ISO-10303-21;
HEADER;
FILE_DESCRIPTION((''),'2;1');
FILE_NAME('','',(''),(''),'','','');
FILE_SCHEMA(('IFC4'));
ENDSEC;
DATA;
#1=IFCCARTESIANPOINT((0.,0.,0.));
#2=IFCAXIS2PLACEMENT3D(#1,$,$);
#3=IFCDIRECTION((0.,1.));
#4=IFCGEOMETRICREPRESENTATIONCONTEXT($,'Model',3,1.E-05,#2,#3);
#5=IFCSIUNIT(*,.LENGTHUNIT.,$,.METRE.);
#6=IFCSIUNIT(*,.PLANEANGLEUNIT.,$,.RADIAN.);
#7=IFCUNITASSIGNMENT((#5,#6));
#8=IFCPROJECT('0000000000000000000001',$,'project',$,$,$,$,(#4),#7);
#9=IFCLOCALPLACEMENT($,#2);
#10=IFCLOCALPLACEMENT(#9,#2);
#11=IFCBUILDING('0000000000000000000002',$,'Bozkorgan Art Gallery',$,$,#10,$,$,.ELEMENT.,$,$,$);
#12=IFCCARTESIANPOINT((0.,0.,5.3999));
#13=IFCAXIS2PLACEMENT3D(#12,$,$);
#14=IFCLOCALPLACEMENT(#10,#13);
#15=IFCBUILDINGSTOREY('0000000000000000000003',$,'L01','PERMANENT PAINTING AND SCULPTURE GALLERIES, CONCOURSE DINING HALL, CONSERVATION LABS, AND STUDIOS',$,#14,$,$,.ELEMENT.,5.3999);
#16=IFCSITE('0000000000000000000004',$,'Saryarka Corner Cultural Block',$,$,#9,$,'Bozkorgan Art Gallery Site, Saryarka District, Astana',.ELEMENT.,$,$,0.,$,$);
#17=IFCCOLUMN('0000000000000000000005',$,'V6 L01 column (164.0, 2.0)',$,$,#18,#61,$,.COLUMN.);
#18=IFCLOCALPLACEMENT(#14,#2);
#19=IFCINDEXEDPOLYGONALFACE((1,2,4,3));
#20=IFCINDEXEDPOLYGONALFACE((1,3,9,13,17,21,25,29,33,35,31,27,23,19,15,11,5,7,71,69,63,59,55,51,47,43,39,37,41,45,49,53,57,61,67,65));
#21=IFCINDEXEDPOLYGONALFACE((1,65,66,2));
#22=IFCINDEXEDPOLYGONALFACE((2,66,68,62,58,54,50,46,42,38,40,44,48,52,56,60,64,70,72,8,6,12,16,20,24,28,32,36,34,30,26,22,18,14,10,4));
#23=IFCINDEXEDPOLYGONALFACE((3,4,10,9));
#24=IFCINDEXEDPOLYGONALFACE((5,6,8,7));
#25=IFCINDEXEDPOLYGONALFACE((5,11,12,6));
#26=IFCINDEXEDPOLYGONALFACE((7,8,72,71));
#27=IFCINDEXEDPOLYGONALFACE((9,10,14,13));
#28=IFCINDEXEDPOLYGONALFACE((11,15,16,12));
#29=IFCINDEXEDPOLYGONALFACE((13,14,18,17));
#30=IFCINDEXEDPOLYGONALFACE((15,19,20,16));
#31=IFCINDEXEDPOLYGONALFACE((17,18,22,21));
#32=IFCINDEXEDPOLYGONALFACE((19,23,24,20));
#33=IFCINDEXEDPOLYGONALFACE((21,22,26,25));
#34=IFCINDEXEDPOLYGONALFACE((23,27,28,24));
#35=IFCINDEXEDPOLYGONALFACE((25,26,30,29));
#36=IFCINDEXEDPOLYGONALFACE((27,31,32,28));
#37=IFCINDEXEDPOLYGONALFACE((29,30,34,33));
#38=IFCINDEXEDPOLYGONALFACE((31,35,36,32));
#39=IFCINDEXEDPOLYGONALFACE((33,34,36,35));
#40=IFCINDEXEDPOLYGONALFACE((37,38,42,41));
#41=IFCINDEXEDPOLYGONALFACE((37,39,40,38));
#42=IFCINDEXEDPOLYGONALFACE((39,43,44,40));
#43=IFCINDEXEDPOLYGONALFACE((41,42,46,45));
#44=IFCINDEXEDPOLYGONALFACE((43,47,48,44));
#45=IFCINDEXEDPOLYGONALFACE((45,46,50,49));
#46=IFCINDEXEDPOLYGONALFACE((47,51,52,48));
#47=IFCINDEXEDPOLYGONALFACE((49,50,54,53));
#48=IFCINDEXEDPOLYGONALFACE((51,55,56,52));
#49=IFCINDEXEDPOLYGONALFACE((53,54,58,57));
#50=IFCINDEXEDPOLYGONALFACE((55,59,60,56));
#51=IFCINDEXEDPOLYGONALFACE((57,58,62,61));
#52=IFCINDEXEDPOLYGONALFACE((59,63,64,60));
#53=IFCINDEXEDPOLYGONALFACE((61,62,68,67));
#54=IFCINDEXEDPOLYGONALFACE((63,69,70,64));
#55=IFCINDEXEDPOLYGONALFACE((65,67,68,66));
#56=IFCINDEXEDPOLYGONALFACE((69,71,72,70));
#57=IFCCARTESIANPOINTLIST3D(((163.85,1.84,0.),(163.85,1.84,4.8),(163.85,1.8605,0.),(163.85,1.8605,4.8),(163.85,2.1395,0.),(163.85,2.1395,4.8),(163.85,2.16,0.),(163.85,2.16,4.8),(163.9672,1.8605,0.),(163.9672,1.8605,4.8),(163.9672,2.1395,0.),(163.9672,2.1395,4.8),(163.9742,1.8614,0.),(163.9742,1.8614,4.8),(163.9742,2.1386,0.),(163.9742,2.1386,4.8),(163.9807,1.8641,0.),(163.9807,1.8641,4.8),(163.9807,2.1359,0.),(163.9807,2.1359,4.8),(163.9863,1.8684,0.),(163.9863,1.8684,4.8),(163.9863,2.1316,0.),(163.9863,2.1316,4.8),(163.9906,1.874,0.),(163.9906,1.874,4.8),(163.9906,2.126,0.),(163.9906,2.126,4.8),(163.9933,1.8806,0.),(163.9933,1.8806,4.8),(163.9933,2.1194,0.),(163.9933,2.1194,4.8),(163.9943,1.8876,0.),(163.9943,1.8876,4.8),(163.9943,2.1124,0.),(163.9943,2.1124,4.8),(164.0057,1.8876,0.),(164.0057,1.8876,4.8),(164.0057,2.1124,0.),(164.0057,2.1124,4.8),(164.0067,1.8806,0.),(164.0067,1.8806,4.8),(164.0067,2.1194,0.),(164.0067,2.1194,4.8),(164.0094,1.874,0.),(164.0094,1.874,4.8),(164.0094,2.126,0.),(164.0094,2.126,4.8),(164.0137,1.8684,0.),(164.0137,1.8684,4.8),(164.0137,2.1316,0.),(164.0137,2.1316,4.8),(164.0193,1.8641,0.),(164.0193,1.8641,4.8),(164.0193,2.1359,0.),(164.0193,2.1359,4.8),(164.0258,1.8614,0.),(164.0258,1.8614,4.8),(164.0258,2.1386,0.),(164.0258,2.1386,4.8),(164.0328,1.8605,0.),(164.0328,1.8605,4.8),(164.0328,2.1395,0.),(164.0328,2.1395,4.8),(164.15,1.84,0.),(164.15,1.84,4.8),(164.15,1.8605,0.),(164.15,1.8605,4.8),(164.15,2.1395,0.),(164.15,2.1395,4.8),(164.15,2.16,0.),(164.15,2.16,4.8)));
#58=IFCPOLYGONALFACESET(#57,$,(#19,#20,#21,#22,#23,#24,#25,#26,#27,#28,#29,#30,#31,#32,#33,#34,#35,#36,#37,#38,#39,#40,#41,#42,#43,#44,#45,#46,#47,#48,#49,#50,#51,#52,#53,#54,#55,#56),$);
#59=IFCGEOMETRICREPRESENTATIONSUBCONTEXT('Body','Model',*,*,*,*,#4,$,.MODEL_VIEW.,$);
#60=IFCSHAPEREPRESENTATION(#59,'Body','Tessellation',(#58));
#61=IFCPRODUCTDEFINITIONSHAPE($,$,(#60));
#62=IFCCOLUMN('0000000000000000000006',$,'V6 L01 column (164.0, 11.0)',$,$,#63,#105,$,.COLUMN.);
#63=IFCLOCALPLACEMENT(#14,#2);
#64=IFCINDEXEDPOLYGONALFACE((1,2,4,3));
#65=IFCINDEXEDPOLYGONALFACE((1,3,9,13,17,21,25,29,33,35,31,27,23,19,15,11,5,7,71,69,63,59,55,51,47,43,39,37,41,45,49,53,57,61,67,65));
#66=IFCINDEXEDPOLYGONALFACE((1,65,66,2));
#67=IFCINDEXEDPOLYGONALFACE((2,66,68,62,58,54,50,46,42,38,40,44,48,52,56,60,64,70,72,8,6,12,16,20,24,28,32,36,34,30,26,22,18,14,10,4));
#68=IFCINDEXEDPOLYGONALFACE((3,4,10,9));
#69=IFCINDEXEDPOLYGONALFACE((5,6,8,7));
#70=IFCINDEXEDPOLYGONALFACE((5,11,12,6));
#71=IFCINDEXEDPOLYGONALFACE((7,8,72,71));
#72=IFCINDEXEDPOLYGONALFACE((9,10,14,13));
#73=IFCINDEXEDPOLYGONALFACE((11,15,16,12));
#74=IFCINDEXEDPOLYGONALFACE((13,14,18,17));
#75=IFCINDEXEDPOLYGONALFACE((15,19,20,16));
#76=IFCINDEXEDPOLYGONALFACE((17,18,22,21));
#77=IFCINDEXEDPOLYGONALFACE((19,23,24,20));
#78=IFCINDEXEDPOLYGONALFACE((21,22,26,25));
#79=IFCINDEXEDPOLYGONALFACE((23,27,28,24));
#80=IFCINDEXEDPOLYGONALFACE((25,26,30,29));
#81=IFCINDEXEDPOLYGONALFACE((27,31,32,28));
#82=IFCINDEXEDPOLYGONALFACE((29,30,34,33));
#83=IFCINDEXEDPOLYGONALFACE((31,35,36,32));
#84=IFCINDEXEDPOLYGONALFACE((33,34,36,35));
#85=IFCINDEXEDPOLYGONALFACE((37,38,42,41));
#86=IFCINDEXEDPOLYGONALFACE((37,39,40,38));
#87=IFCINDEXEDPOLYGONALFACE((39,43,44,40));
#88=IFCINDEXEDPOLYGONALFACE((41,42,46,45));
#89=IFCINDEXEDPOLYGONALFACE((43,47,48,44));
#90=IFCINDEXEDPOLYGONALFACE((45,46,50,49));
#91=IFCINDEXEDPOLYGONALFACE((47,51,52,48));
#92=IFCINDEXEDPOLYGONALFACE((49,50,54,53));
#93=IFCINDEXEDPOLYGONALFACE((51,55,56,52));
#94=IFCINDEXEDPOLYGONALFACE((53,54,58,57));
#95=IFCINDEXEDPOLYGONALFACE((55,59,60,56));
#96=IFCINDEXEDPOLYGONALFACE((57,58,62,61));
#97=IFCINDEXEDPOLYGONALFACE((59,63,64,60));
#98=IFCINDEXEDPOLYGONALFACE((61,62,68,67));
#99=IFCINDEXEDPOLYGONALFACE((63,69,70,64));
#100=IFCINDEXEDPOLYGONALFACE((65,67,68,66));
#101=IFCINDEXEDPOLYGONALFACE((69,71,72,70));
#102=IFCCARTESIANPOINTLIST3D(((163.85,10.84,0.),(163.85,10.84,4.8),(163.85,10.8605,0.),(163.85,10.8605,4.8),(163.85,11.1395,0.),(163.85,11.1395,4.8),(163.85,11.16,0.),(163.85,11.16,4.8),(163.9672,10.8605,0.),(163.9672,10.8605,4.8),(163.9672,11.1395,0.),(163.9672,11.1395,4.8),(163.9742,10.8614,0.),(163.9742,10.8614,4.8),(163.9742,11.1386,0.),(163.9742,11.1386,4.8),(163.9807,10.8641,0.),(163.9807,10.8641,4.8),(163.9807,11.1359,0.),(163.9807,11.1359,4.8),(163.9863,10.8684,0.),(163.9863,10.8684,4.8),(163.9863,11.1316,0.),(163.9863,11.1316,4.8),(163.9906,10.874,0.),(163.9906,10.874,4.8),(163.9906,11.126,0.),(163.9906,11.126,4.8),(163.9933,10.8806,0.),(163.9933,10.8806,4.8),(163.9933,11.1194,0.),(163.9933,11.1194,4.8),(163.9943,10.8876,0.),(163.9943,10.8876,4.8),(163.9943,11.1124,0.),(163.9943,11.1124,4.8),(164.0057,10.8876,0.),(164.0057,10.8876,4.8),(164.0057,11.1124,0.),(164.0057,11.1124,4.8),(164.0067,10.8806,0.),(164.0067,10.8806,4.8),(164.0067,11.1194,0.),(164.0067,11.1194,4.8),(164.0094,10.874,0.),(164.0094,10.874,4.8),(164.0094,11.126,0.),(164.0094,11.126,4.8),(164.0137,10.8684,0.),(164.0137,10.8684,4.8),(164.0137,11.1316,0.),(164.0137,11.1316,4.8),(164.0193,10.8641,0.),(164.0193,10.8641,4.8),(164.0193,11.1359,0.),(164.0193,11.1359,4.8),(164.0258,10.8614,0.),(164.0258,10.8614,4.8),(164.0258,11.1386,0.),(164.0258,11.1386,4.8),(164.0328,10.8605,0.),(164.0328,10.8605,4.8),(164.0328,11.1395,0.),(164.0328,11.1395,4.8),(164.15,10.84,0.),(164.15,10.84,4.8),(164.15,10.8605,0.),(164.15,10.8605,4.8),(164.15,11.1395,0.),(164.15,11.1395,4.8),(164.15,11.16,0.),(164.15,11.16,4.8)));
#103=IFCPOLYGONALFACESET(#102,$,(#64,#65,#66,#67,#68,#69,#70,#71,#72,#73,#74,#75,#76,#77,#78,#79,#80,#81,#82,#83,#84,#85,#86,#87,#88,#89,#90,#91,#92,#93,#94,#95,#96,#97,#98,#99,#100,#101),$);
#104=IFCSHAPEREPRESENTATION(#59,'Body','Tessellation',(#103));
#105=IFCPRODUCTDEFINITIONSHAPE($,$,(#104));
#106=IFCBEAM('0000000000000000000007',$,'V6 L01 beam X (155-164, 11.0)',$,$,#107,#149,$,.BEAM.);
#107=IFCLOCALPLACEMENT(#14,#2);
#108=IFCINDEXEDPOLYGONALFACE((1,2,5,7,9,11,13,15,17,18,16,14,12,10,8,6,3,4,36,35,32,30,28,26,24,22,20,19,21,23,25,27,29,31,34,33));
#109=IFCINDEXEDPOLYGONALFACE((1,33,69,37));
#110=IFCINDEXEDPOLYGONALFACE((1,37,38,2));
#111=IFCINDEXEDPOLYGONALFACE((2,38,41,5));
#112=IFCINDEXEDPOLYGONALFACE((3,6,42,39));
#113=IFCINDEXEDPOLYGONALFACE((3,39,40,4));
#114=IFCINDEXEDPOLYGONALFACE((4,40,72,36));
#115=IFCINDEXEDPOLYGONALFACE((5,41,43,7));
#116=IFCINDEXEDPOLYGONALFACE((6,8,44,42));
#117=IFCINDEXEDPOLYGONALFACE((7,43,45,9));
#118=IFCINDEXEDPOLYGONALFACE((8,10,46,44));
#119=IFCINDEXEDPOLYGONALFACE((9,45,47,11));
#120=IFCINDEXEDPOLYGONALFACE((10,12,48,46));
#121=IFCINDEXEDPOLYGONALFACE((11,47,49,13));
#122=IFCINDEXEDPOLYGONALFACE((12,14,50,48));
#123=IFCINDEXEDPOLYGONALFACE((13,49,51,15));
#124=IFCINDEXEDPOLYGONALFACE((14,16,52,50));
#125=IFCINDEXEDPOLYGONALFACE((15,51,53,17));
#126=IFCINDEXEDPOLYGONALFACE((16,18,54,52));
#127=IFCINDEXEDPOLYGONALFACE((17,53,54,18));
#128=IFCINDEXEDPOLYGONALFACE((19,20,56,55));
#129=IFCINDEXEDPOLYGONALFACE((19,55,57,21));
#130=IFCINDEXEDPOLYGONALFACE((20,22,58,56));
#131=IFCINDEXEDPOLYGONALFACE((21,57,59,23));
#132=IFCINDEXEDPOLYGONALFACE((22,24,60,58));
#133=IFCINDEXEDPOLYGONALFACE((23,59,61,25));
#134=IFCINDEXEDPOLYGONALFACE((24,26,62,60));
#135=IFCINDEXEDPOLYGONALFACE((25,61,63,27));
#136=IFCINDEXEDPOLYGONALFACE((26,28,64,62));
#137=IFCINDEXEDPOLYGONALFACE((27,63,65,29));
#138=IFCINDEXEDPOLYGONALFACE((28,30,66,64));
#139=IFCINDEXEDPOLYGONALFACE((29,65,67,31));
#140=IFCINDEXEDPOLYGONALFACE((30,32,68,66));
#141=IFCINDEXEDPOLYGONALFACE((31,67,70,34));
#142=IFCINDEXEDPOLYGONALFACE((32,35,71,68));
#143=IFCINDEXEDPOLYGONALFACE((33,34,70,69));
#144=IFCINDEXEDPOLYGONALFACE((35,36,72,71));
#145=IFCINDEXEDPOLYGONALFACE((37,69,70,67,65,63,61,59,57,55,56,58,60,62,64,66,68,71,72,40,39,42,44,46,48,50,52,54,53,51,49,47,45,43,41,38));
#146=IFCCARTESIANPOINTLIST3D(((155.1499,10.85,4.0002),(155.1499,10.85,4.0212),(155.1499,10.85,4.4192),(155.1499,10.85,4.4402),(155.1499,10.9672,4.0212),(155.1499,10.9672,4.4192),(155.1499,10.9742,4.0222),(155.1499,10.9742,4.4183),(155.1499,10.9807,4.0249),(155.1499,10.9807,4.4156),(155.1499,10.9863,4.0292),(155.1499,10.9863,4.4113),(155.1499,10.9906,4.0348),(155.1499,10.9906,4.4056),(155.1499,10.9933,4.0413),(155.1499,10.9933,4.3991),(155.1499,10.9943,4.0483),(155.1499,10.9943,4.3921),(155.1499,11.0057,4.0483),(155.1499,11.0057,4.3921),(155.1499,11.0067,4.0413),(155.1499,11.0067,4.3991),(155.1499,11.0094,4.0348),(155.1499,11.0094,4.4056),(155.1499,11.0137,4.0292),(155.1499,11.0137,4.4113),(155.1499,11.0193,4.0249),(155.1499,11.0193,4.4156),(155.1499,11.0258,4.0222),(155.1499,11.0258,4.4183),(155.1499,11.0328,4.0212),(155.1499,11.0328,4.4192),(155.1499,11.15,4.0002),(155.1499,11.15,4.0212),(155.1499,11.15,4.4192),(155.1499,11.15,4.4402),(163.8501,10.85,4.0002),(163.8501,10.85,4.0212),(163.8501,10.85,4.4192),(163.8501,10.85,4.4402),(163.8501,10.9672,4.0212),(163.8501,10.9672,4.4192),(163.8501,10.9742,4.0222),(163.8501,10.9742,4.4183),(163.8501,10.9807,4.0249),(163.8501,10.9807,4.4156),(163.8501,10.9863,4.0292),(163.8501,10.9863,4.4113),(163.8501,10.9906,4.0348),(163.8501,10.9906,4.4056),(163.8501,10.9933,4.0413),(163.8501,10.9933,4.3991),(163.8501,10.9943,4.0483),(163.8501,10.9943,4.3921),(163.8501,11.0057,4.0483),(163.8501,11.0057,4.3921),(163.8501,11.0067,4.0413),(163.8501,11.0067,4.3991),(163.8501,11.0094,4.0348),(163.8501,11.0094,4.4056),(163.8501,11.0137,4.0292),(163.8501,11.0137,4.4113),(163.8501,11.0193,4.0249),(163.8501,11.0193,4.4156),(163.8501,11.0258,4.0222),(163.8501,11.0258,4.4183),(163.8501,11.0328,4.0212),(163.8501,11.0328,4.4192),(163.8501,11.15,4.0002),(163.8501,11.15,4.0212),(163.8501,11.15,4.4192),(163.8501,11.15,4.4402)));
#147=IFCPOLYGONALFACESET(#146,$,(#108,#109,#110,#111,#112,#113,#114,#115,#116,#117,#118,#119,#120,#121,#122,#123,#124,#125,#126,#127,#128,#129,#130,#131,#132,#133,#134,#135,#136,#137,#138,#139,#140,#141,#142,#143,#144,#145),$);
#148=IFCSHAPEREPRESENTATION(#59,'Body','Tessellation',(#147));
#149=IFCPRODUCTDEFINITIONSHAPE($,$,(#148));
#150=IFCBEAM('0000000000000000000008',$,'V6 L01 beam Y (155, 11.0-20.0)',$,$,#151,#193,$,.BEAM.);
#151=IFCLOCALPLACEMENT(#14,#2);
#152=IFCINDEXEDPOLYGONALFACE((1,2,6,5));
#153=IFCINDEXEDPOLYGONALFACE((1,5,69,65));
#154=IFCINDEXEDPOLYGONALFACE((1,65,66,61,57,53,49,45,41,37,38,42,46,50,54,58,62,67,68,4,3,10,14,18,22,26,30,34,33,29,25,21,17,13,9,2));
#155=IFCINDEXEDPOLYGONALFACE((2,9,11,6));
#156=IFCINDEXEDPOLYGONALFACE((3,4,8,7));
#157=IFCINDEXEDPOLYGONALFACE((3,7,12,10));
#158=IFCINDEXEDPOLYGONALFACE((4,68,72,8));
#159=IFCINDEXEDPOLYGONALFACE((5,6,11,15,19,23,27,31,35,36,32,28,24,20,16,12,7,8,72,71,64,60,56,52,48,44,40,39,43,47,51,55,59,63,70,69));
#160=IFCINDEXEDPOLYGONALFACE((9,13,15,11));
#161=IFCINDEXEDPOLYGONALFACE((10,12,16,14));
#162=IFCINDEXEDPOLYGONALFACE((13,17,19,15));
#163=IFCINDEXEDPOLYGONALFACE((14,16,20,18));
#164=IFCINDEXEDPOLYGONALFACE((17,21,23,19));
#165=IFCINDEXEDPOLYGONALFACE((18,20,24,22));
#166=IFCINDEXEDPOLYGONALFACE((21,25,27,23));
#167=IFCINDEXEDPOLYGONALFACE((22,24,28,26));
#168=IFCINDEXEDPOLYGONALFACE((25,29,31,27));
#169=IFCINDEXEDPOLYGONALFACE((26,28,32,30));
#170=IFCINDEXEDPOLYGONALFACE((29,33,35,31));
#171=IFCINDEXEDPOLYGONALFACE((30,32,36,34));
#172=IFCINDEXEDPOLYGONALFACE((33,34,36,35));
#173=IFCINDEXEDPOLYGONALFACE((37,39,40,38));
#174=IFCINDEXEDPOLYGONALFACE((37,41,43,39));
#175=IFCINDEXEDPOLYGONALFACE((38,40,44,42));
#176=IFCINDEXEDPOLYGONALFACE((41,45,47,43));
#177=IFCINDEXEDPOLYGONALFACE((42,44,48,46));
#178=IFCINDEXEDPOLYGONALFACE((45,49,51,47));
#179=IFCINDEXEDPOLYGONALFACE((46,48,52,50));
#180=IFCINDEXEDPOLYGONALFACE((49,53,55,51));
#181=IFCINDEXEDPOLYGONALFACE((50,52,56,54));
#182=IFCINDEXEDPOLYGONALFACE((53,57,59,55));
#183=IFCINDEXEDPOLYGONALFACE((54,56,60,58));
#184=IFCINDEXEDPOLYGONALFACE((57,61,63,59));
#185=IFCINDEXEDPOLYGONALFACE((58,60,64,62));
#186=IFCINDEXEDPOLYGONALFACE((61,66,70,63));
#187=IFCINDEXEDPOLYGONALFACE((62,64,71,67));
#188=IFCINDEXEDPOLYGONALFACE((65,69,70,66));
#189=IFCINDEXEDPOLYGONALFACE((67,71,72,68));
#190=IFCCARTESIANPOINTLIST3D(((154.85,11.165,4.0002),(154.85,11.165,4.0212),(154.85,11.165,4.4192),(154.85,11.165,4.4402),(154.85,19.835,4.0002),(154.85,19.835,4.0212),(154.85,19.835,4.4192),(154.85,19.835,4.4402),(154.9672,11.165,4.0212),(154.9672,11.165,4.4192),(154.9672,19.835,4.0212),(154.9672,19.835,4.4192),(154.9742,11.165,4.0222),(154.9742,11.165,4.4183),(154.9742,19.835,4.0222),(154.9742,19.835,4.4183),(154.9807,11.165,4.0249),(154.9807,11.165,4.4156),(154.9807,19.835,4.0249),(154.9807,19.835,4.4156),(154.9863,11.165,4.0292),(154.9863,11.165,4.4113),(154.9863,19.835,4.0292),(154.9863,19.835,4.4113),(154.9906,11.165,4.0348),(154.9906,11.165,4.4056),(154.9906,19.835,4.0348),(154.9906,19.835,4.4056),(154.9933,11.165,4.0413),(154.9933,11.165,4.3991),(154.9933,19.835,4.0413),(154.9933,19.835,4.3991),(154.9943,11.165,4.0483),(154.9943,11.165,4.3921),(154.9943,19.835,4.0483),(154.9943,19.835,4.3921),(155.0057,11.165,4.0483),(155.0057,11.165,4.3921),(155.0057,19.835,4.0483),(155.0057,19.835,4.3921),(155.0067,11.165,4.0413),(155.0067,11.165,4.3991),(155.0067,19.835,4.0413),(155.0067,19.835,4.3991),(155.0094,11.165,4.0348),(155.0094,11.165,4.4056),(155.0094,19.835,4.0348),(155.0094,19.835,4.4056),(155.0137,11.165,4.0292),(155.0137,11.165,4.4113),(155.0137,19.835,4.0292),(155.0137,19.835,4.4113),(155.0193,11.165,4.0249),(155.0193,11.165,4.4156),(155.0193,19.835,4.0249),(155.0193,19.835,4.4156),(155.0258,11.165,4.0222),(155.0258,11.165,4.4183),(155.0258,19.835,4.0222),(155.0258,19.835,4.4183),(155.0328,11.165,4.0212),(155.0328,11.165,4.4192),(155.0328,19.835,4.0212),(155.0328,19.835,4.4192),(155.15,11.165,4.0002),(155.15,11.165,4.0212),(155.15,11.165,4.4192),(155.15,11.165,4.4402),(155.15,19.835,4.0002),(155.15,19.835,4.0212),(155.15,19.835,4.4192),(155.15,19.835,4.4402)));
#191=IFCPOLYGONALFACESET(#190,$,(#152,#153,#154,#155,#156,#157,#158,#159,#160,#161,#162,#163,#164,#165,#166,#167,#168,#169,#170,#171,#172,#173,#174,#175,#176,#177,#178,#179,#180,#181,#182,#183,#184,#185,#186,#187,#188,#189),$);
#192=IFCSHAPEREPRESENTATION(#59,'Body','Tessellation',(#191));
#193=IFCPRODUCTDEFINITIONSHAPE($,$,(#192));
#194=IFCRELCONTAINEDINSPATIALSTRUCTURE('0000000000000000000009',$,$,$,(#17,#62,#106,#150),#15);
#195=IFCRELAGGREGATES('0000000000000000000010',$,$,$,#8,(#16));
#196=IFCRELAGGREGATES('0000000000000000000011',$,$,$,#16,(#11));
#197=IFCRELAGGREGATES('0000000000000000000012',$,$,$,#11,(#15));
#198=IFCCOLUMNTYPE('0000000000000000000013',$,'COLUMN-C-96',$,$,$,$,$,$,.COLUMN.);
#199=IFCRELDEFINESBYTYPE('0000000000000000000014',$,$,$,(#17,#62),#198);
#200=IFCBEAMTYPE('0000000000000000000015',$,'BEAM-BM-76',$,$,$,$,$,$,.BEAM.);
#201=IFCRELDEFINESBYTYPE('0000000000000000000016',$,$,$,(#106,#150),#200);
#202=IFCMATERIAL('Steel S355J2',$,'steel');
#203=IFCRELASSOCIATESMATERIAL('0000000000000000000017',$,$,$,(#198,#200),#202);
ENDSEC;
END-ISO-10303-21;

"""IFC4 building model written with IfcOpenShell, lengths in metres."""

from ifc_helpers import new_model, si_unit, direction, frame, origin, origin_2d, place, context, subcontext, project, spatial, i_section, extrude, material, material_profile, profile_set, type_object, element, save


model = new_model("IFC4")

# Units and contexts
model_context = context("Model", 3, precision=1e-05, world=origin(), true_north=direction((0.0, 1.0)))
body_context = subcontext(model_context, "Body", "Model", "MODEL_VIEW")
ifc_project = project(units=[si_unit("LENGTHUNIT", "METRE"), si_unit("PLANEANGLEUNIT", "RADIAN")], contexts=[model_context])

# Site, building, storey
site_placement = place(None, origin())
site = spatial("IfcSite", under=ifc_project, at=site_placement, Name="Saryarka Corner Cultural Block", LongName="Bozkorgan Art Gallery Site, Saryarka District, Astana", CompositionType="ELEMENT", RefElevation=0.0)
building_placement = place(site_placement, origin())
building = spatial("IfcBuilding", under=site, at=building_placement, Name="Bozkorgan Art Gallery", CompositionType="ELEMENT")
storey_placement = place(building_placement, frame((0.0, 0.0, 5.3999)))
storey = spatial("IfcBuildingStorey", under=building, at=storey_placement, Name="L01", Description="PERMANENT PAINTING AND SCULPTURE GALLERIES, CONCOURSE DINING HALL, CONSERVATION LABS, AND STUDIOS", CompositionType="ELEMENT", Elevation=5.3999)

# Columns
ifc_material_1 = material(Name="Steel S355J2", Category="steel")
ifc_material_profile_1 = material_profile(ifc_material_1, i_section(OverallWidth=0.3, OverallDepth=0.3201, WebThickness=0.0115, FlangeThickness=0.0205, FilletRadius=0.0271, at=origin_2d()), Name="HEB 320")
ifc_profile_set_1 = profile_set([ifc_material_profile_1], Name="Steel S355J2")
column_type = type_object("IfcColumnType", Name="COLUMN-C-96", PredefinedType="COLUMN", material=ifc_profile_set_1)
for number, where, z_axis, x_axis, name in (
    (1, (164.0, 2.0, 0.0), (0.0, 0.0, 1.0), (1.0, 0.0, 0.0), "V6 L01 column (164.0, 2.0)"),
    (2, (164.0, 11.0, 0.0), (0.0, 0.0, 1.0), (1.0, 0.0, 0.0), "V6 L01 column (164.0, 11.0)"),
):
    element("IfcColumn", number, at=place(storey_placement, frame(where, z_axis=z_axis, x_axis=x_axis)), inside=storey, type_object=column_type, Name=name, PredefinedType="COLUMN", context=body_context, shape_type="SweptSolid", body=[
        extrude(i_section(OverallWidth=0.3, OverallDepth=0.3201, WebThickness=0.0115, FlangeThickness=0.0205, FilletRadius=0.0271, at=origin_2d()), origin(), (0.0, 0.0, 1.0), 4.8),
    ])

# Beams
ifc_material_profile_2 = material_profile(ifc_material_1, i_section(OverallWidth=0.3, OverallDepth=0.4399, WebThickness=0.0115, FlangeThickness=0.021, FilletRadius=0.0271, at=origin_2d()), Name="HEA 450")
ifc_profile_set_2 = profile_set([ifc_material_profile_2], Name="Steel S355J2")
beam_type_1 = type_object("IfcBeamType", Name="BEAM-BM-76", PredefinedType="BEAM", material=ifc_profile_set_2)
beam_1_placement = place(storey_placement, frame((155.1499, 11.0, 4.2202), z_axis=(1.0, 0.0, 0.0), x_axis=(0.0, 1.0, 0.0)))
element("IfcBeam", 3, at=beam_1_placement, inside=storey, type_object=beam_type_1, Name="V6 L01 beam X (155-164, 11.0)", PredefinedType="BEAM", context=body_context, shape_type="SweptSolid", body=[
    extrude(i_section(OverallWidth=0.3, OverallDepth=0.4399, WebThickness=0.0115, FlangeThickness=0.021, FilletRadius=0.0271, at=origin_2d()), origin(), (0.0, 0.0, 1.0), 8.7002),
])
beam_2_placement = place(storey_placement, frame((155.0, 11.165, 4.2202), z_axis=(0.0, 1.0, 0.0), x_axis=(-1.0, 0.0, 0.0)))
element("IfcBeam", 4, at=beam_2_placement, inside=storey, type_object=beam_type_1, Name="V6 L01 beam Y (155, 11.0-20.0)", PredefinedType="BEAM", context=body_context, shape_type="SweptSolid", body=[
    extrude(i_section(OverallWidth=0.3, OverallDepth=0.4399, WebThickness=0.0115, FlangeThickness=0.021, FilletRadius=0.0271, at=origin_2d()), origin(), (0.0, 0.0, 1.0), 8.6699),
])

save(model, "model.ifc")
